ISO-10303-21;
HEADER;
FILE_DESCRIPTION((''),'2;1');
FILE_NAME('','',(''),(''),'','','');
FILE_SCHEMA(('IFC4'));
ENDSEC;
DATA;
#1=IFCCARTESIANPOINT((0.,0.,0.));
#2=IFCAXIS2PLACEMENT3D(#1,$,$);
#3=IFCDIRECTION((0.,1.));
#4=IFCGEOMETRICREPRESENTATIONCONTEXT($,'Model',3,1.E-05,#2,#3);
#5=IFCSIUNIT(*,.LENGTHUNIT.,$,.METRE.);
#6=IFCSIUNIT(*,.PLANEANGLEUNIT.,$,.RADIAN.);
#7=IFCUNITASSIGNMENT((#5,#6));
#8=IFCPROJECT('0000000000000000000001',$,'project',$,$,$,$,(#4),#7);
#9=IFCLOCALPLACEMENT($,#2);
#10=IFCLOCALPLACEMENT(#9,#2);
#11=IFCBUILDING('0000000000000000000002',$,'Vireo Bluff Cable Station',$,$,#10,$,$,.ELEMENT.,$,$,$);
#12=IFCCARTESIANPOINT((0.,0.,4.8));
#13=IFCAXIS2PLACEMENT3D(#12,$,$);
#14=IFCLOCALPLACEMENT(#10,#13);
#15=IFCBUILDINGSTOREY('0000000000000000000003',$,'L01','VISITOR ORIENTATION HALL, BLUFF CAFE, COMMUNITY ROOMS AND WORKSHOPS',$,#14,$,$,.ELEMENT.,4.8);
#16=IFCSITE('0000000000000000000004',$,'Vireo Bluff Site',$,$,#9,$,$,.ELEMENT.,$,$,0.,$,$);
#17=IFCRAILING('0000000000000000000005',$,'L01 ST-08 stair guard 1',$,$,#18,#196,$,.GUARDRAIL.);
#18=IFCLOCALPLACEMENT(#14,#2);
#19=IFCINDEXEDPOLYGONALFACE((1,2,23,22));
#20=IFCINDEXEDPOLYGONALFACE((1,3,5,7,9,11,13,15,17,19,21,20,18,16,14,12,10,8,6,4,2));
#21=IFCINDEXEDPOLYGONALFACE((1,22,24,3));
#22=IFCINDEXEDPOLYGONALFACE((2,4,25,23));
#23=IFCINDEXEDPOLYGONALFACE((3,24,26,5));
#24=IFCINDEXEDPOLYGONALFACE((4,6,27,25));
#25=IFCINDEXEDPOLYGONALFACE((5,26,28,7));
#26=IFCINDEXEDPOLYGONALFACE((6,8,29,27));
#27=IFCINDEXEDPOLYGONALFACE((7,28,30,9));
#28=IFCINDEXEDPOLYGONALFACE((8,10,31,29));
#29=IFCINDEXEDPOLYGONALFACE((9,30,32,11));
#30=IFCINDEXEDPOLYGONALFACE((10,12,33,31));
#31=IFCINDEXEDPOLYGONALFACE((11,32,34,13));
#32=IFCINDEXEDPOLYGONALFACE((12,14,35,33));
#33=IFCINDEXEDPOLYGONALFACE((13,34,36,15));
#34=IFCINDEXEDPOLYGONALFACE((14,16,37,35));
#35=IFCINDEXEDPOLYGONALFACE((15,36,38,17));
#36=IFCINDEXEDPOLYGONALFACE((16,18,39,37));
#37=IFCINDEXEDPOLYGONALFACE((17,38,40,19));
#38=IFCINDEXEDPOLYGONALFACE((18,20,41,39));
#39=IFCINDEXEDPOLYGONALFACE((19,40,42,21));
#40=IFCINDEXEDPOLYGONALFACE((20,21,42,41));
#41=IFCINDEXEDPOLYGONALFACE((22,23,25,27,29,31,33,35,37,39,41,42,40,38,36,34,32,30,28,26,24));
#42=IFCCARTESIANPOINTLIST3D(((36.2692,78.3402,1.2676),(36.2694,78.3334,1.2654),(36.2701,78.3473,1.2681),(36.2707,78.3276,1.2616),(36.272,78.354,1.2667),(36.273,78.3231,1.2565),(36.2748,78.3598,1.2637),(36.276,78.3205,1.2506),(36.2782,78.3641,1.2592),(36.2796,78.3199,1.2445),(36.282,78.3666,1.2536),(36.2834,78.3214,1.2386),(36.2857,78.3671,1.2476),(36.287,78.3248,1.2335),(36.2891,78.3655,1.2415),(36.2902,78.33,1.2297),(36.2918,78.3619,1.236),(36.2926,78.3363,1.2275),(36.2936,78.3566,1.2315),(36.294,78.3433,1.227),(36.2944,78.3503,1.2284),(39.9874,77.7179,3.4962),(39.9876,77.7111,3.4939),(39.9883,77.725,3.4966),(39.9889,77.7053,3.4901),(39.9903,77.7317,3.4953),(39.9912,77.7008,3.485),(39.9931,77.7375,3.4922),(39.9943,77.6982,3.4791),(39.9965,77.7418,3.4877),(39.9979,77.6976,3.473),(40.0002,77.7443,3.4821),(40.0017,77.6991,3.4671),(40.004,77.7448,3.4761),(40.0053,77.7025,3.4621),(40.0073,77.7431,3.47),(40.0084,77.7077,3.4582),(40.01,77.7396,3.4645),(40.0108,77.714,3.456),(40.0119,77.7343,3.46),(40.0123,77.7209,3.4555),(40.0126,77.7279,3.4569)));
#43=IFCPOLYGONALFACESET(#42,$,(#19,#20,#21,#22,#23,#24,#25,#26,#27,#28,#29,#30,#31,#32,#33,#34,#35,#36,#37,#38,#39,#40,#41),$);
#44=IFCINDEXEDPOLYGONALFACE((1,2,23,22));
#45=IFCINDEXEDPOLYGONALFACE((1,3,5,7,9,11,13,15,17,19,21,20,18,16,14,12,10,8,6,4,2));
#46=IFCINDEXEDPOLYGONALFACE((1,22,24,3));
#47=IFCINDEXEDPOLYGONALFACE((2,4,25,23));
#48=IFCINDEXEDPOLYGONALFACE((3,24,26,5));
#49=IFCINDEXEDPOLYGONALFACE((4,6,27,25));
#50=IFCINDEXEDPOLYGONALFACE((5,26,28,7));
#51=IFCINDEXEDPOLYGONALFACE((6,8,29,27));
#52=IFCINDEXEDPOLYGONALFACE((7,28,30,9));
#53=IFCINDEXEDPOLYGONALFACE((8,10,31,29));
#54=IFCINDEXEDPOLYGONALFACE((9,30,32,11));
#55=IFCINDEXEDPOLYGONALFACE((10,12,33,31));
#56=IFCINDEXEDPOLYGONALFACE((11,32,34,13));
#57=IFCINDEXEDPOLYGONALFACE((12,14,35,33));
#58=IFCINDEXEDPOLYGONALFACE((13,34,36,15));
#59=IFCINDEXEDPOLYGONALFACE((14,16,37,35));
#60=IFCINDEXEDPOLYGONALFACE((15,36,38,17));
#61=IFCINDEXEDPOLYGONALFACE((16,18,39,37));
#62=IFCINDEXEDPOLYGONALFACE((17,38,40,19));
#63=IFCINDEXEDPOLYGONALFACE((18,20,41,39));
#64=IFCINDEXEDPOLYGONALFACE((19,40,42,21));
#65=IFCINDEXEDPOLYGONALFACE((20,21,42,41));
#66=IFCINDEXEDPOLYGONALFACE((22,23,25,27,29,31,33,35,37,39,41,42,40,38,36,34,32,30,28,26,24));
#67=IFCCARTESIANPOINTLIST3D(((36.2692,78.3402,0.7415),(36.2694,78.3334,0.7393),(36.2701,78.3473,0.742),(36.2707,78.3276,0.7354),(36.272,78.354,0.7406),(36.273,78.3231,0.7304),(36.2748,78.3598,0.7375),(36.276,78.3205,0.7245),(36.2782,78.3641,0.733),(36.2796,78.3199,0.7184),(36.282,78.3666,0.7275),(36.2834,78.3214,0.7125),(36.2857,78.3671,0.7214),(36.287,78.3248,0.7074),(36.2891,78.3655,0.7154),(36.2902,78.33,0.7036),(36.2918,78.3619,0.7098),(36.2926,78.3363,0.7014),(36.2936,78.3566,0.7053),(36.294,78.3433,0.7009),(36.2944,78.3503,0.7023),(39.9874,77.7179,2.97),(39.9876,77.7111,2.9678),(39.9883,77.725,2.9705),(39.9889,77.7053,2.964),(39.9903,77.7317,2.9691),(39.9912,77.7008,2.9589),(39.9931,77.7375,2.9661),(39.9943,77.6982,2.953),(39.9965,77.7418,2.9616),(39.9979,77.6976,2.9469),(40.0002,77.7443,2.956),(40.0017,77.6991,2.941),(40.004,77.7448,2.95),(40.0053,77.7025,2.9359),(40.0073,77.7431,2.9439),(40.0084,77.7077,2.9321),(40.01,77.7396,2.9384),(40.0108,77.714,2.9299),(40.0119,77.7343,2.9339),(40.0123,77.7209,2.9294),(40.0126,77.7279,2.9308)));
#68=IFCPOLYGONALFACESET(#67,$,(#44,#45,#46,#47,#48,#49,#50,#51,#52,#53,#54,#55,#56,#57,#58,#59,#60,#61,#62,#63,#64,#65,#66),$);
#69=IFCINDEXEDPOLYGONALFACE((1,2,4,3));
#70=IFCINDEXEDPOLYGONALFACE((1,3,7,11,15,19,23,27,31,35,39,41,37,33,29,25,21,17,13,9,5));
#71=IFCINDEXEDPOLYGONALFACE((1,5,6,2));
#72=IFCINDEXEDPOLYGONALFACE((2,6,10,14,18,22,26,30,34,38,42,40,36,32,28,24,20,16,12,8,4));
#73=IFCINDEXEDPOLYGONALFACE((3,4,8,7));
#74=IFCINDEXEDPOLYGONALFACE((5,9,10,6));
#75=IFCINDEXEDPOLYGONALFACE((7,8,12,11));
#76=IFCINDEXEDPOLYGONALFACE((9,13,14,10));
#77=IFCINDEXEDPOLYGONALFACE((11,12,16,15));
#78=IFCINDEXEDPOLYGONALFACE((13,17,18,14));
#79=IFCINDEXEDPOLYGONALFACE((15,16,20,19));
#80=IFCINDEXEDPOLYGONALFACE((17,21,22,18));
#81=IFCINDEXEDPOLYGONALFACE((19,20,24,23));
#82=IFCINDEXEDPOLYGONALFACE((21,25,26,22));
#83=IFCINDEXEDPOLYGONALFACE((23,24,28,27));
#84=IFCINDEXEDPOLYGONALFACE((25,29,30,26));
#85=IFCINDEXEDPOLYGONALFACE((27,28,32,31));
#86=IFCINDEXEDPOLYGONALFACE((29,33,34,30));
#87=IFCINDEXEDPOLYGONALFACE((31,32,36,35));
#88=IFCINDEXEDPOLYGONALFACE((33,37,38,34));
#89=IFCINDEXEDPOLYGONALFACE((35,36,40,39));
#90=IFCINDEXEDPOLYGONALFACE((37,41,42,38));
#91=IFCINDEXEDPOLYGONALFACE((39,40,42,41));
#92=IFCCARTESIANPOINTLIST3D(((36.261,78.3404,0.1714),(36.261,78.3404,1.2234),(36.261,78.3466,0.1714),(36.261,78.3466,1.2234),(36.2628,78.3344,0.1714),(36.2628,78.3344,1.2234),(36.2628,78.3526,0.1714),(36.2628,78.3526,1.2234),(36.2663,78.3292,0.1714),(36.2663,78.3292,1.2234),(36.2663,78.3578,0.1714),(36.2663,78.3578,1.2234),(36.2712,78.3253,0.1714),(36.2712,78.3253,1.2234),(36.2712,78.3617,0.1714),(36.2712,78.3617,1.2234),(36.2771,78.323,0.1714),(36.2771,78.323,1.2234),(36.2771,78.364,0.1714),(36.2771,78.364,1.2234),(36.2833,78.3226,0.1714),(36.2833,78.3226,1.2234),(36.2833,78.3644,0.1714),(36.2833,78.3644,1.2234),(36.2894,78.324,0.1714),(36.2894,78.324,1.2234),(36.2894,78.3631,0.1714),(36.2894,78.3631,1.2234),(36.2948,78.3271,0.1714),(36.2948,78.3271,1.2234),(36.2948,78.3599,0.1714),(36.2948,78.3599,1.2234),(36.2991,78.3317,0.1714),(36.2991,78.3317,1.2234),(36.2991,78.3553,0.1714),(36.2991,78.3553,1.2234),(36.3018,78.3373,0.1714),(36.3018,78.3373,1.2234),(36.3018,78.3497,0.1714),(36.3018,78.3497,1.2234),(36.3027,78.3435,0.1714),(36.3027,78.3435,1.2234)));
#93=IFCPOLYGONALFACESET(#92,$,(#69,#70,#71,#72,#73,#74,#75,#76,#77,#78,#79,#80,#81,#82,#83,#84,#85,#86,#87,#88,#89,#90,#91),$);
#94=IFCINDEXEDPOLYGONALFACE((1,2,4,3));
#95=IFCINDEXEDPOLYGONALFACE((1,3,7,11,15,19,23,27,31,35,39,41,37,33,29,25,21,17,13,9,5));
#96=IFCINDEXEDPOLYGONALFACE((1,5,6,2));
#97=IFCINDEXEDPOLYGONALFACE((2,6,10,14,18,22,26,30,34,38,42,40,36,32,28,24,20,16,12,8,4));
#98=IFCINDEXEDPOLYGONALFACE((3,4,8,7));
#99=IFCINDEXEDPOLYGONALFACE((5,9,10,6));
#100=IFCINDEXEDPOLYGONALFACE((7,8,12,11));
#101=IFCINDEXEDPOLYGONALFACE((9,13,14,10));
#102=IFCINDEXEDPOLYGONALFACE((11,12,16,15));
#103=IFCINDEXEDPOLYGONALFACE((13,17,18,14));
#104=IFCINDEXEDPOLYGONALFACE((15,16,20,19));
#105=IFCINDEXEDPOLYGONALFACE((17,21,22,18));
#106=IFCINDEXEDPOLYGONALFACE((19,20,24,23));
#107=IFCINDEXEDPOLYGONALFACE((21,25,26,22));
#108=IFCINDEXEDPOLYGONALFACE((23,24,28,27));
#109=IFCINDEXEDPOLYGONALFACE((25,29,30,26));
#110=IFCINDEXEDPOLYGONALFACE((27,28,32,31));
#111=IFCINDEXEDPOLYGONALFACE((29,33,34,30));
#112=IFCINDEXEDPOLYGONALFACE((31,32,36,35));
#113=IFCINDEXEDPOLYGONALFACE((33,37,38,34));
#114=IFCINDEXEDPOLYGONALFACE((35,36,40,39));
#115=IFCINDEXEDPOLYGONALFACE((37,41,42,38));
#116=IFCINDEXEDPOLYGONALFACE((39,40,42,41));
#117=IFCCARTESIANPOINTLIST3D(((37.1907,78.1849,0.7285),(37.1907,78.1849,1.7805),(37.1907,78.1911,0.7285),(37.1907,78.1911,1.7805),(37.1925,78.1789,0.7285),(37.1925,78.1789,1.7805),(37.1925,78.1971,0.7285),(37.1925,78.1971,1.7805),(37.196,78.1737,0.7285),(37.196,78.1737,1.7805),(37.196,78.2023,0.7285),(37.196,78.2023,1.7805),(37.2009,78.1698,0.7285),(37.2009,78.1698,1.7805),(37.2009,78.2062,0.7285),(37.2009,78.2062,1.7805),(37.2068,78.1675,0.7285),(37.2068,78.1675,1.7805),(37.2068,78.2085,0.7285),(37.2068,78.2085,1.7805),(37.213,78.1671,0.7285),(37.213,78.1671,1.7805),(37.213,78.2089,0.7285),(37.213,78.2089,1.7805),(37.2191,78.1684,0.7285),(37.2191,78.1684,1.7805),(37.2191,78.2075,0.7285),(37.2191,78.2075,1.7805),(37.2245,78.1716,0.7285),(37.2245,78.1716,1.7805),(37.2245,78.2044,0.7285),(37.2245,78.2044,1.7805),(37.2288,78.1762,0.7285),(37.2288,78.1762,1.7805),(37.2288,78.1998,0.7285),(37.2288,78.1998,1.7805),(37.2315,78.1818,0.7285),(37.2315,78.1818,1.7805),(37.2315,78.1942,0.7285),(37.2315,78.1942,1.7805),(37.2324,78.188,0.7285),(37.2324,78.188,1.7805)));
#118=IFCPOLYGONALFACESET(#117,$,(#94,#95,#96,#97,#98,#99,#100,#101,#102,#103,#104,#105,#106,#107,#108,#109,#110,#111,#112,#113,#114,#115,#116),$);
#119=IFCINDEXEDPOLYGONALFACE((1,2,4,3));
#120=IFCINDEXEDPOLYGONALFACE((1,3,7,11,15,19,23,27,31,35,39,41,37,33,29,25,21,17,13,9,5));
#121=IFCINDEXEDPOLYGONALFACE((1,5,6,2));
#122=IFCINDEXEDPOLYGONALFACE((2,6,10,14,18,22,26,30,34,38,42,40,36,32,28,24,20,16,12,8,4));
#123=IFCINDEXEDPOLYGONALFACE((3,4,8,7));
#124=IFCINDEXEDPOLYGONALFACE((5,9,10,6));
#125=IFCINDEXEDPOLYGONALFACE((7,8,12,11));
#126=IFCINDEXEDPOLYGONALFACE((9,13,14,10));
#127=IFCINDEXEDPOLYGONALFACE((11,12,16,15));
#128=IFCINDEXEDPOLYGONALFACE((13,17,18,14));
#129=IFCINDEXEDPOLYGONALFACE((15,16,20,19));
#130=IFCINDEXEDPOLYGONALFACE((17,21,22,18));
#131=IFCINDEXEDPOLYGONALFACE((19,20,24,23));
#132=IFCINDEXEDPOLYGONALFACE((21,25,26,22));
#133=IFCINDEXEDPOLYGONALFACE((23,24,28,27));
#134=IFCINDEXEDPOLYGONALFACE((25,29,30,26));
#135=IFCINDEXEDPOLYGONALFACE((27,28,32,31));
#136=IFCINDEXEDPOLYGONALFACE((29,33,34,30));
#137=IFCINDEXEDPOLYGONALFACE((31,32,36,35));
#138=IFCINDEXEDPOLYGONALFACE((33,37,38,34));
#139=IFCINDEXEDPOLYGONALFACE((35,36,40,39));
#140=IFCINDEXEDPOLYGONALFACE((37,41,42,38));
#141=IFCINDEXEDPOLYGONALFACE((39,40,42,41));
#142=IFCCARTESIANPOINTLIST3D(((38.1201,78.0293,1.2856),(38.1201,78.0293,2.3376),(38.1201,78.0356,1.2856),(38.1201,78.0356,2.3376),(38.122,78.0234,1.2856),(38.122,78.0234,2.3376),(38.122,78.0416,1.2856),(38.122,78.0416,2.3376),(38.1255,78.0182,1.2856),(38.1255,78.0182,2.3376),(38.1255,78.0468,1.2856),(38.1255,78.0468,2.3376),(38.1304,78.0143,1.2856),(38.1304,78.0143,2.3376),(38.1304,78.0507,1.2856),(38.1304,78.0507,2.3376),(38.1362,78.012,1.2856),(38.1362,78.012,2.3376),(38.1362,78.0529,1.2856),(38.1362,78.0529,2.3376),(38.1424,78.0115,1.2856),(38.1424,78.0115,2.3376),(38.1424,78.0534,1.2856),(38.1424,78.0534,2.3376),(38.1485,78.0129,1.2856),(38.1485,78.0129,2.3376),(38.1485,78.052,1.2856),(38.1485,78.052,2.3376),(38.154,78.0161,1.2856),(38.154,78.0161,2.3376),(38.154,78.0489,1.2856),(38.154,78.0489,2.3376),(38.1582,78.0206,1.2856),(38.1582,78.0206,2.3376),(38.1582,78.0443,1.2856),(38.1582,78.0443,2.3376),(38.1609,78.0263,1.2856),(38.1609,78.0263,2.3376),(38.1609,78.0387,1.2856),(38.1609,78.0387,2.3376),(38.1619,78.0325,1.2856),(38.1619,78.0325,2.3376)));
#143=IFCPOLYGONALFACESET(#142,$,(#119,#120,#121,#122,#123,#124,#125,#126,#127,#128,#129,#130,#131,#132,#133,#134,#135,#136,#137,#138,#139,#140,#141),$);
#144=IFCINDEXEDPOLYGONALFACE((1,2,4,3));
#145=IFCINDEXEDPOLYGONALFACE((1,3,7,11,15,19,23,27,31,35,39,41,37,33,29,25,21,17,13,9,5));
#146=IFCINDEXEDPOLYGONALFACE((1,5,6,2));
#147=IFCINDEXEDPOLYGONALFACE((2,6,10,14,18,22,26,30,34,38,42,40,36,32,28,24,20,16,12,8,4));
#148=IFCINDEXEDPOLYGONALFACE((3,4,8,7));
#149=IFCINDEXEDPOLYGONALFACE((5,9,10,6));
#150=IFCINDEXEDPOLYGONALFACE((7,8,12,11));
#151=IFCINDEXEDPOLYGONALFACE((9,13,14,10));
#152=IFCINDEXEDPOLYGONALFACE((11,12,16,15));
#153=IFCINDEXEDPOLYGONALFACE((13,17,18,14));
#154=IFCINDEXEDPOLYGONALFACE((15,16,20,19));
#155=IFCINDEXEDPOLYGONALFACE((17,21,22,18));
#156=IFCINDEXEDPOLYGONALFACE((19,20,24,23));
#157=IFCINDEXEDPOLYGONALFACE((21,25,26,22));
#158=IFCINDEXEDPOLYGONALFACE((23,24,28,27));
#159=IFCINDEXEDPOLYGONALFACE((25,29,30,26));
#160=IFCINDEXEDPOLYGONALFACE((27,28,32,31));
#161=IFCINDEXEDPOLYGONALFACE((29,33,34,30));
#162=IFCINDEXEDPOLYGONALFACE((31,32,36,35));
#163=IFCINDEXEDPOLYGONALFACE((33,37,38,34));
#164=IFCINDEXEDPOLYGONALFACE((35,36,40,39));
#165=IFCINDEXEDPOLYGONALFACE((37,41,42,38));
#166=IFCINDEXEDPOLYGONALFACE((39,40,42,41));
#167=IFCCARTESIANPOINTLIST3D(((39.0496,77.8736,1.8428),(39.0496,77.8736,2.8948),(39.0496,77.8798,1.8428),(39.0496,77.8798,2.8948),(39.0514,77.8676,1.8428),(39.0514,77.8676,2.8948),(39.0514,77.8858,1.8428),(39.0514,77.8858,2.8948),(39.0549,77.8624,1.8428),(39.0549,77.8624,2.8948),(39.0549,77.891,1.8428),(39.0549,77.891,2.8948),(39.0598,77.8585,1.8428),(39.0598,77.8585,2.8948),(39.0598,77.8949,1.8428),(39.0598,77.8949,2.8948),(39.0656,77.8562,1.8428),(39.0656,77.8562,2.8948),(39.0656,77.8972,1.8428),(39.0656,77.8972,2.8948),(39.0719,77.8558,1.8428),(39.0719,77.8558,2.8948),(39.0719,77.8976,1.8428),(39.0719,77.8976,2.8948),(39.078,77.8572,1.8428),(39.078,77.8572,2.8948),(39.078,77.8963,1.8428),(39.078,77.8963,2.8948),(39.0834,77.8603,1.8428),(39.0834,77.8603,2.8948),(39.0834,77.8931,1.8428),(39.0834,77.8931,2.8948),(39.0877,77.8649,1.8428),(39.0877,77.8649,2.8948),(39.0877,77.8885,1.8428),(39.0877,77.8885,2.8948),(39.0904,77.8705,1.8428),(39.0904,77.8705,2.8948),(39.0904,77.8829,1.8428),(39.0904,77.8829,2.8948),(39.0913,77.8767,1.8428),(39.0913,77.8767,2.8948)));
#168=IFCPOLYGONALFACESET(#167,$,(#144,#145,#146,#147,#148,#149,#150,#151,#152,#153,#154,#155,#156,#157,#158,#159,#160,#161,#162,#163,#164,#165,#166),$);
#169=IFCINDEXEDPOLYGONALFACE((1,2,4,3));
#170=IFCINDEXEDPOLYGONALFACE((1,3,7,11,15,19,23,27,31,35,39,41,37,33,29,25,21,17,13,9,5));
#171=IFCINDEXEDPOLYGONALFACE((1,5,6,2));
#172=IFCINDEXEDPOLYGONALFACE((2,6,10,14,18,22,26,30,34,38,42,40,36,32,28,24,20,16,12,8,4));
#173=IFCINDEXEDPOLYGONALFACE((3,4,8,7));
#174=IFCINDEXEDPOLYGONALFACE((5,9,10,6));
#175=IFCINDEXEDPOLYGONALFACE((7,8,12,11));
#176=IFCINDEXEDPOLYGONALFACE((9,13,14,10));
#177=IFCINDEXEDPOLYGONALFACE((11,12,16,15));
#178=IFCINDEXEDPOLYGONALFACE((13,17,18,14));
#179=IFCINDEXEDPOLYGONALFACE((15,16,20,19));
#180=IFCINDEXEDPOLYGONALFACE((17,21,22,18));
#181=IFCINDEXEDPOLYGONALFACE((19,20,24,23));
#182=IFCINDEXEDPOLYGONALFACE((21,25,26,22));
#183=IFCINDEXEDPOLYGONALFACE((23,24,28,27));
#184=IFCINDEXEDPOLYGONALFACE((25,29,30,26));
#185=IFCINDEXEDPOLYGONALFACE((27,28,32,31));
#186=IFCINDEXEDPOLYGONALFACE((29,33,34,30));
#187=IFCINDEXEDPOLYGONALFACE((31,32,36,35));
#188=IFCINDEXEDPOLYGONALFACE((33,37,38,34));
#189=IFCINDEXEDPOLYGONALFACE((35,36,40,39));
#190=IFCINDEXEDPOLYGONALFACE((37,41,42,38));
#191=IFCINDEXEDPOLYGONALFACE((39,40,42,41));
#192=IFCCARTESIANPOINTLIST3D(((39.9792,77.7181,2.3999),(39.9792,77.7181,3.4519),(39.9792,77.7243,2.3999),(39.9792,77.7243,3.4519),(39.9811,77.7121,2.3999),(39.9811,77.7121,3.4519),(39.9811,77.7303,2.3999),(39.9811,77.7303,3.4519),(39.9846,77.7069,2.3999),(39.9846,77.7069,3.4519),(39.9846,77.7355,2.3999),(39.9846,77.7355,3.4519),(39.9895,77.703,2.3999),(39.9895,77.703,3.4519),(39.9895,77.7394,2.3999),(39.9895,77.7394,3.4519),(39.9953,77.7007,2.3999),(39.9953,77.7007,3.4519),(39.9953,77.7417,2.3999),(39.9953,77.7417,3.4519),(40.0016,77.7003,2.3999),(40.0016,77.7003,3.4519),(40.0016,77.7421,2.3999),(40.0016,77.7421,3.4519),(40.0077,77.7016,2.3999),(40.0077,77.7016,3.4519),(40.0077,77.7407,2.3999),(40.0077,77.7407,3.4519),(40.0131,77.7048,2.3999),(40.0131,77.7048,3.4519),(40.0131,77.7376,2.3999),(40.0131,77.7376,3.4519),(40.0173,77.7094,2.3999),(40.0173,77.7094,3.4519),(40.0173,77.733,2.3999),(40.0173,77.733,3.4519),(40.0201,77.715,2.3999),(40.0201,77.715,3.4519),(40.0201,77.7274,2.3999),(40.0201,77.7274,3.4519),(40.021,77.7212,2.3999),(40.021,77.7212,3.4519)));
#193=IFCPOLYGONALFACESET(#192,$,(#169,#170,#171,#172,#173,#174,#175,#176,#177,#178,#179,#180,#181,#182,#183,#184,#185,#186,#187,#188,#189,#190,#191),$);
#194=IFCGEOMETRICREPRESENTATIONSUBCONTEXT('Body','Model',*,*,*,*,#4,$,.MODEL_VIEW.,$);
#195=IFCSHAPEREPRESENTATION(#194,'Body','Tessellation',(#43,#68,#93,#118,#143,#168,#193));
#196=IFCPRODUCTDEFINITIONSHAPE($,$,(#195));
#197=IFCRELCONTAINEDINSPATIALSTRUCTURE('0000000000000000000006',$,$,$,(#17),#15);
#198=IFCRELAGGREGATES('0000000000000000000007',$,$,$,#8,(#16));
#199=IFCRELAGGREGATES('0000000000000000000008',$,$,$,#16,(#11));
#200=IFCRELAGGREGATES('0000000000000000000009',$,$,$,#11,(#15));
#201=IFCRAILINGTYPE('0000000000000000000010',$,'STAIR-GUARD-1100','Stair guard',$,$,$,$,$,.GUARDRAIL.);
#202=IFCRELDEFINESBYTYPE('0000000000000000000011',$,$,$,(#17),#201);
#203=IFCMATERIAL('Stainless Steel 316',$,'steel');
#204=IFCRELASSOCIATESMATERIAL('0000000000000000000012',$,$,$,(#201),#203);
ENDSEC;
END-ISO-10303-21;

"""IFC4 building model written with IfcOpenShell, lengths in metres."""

from ifc_helpers import new_model, si_unit, direction, frame, origin, origin_2d, place, context, subcontext, project, spatial, circle, extrude, material, type_object, element, save


model = new_model("IFC4")

# Units and contexts
model_context = context("Model", 3, precision=1e-05, world=origin(), true_north=direction((0.0, 1.0)))
body_context = subcontext(model_context, "Body", "Model", "MODEL_VIEW")
ifc_project = project(units=[si_unit("LENGTHUNIT", "METRE"), si_unit("PLANEANGLEUNIT", "RADIAN")], contexts=[model_context])

# Site, building, storey
site_placement = place(None, origin())
site = spatial("IfcSite", under=ifc_project, at=site_placement, Name="Vireo Bluff Site", CompositionType="ELEMENT", RefElevation=0.0)
building_placement = place(site_placement, origin())
building = spatial("IfcBuilding", under=site, at=building_placement, Name="Vireo Bluff Cable Station", CompositionType="ELEMENT")
storey_placement = place(building_placement, frame((0.0, 0.0, 4.8)))
storey = spatial("IfcBuildingStorey", under=building, at=storey_placement, Name="L01", Description="VISITOR ORIENTATION HALL, BLUFF CAFE, COMMUNITY ROOMS AND WORKSHOPS", CompositionType="ELEMENT", Elevation=4.8)

# Railing
ifc_material_1 = material(Name="Stainless Steel 316", Category="steel")
railing_type_1 = type_object("IfcRailingType", Name="STAIR-GUARD-1100", Description="Stair guard", PredefinedType="GUARDRAIL", material=ifc_material_1)
railing_1_placement = place(storey_placement, frame((36.2817, 78.3435, 0.1714)))
element("IfcRailing", 1, at=railing_1_placement, inside=storey, type_object=railing_type_1, Name="L01 ST-08 stair guard 1", PredefinedType="GUARDRAIL", context=body_context, shape_type="SweptSolid", body=[
    extrude(circle(Radius=0.0239, at=origin_2d()), frame((0.0, 0.0, 1.0762), z_axis=(0.849037, -0.142101, 0.508865), x_axis=(0.165071, 0.986282, 0.0)), (0.0, 0.0, 1.0), 4.3794),
    extrude(circle(Radius=0.0239, at=origin_2d()), frame((0.0, 0.0, 0.55), z_axis=(0.849037, -0.142101, 0.508865), x_axis=(0.165071, 0.986282, 0.0)), (0.0, 0.0, 1.0), 4.3794),
    extrude(circle(Radius=0.021, at=origin_2d()), origin(), (0.0, 0.0, 1.0), 1.052),
    extrude(circle(Radius=0.021, at=origin_2d()), frame((0.9297, -0.1555, 0.5571)), (0.0, 0.0, 1.0), 1.052),
    extrude(circle(Radius=0.021, at=origin_2d()), frame((1.8591, -0.311, 1.1143)), (0.0, 0.0, 1.0), 1.052),
    extrude(circle(Radius=0.021, at=origin_2d()), frame((2.7886, -0.4668, 1.6714)), (0.0, 0.0, 1.0), 1.052),
    extrude(circle(Radius=0.021, at=origin_2d()), frame((3.7183, -0.6223, 2.2285)), (0.0, 0.0, 1.0), 1.052),
])

save(model, "model.ifc")
